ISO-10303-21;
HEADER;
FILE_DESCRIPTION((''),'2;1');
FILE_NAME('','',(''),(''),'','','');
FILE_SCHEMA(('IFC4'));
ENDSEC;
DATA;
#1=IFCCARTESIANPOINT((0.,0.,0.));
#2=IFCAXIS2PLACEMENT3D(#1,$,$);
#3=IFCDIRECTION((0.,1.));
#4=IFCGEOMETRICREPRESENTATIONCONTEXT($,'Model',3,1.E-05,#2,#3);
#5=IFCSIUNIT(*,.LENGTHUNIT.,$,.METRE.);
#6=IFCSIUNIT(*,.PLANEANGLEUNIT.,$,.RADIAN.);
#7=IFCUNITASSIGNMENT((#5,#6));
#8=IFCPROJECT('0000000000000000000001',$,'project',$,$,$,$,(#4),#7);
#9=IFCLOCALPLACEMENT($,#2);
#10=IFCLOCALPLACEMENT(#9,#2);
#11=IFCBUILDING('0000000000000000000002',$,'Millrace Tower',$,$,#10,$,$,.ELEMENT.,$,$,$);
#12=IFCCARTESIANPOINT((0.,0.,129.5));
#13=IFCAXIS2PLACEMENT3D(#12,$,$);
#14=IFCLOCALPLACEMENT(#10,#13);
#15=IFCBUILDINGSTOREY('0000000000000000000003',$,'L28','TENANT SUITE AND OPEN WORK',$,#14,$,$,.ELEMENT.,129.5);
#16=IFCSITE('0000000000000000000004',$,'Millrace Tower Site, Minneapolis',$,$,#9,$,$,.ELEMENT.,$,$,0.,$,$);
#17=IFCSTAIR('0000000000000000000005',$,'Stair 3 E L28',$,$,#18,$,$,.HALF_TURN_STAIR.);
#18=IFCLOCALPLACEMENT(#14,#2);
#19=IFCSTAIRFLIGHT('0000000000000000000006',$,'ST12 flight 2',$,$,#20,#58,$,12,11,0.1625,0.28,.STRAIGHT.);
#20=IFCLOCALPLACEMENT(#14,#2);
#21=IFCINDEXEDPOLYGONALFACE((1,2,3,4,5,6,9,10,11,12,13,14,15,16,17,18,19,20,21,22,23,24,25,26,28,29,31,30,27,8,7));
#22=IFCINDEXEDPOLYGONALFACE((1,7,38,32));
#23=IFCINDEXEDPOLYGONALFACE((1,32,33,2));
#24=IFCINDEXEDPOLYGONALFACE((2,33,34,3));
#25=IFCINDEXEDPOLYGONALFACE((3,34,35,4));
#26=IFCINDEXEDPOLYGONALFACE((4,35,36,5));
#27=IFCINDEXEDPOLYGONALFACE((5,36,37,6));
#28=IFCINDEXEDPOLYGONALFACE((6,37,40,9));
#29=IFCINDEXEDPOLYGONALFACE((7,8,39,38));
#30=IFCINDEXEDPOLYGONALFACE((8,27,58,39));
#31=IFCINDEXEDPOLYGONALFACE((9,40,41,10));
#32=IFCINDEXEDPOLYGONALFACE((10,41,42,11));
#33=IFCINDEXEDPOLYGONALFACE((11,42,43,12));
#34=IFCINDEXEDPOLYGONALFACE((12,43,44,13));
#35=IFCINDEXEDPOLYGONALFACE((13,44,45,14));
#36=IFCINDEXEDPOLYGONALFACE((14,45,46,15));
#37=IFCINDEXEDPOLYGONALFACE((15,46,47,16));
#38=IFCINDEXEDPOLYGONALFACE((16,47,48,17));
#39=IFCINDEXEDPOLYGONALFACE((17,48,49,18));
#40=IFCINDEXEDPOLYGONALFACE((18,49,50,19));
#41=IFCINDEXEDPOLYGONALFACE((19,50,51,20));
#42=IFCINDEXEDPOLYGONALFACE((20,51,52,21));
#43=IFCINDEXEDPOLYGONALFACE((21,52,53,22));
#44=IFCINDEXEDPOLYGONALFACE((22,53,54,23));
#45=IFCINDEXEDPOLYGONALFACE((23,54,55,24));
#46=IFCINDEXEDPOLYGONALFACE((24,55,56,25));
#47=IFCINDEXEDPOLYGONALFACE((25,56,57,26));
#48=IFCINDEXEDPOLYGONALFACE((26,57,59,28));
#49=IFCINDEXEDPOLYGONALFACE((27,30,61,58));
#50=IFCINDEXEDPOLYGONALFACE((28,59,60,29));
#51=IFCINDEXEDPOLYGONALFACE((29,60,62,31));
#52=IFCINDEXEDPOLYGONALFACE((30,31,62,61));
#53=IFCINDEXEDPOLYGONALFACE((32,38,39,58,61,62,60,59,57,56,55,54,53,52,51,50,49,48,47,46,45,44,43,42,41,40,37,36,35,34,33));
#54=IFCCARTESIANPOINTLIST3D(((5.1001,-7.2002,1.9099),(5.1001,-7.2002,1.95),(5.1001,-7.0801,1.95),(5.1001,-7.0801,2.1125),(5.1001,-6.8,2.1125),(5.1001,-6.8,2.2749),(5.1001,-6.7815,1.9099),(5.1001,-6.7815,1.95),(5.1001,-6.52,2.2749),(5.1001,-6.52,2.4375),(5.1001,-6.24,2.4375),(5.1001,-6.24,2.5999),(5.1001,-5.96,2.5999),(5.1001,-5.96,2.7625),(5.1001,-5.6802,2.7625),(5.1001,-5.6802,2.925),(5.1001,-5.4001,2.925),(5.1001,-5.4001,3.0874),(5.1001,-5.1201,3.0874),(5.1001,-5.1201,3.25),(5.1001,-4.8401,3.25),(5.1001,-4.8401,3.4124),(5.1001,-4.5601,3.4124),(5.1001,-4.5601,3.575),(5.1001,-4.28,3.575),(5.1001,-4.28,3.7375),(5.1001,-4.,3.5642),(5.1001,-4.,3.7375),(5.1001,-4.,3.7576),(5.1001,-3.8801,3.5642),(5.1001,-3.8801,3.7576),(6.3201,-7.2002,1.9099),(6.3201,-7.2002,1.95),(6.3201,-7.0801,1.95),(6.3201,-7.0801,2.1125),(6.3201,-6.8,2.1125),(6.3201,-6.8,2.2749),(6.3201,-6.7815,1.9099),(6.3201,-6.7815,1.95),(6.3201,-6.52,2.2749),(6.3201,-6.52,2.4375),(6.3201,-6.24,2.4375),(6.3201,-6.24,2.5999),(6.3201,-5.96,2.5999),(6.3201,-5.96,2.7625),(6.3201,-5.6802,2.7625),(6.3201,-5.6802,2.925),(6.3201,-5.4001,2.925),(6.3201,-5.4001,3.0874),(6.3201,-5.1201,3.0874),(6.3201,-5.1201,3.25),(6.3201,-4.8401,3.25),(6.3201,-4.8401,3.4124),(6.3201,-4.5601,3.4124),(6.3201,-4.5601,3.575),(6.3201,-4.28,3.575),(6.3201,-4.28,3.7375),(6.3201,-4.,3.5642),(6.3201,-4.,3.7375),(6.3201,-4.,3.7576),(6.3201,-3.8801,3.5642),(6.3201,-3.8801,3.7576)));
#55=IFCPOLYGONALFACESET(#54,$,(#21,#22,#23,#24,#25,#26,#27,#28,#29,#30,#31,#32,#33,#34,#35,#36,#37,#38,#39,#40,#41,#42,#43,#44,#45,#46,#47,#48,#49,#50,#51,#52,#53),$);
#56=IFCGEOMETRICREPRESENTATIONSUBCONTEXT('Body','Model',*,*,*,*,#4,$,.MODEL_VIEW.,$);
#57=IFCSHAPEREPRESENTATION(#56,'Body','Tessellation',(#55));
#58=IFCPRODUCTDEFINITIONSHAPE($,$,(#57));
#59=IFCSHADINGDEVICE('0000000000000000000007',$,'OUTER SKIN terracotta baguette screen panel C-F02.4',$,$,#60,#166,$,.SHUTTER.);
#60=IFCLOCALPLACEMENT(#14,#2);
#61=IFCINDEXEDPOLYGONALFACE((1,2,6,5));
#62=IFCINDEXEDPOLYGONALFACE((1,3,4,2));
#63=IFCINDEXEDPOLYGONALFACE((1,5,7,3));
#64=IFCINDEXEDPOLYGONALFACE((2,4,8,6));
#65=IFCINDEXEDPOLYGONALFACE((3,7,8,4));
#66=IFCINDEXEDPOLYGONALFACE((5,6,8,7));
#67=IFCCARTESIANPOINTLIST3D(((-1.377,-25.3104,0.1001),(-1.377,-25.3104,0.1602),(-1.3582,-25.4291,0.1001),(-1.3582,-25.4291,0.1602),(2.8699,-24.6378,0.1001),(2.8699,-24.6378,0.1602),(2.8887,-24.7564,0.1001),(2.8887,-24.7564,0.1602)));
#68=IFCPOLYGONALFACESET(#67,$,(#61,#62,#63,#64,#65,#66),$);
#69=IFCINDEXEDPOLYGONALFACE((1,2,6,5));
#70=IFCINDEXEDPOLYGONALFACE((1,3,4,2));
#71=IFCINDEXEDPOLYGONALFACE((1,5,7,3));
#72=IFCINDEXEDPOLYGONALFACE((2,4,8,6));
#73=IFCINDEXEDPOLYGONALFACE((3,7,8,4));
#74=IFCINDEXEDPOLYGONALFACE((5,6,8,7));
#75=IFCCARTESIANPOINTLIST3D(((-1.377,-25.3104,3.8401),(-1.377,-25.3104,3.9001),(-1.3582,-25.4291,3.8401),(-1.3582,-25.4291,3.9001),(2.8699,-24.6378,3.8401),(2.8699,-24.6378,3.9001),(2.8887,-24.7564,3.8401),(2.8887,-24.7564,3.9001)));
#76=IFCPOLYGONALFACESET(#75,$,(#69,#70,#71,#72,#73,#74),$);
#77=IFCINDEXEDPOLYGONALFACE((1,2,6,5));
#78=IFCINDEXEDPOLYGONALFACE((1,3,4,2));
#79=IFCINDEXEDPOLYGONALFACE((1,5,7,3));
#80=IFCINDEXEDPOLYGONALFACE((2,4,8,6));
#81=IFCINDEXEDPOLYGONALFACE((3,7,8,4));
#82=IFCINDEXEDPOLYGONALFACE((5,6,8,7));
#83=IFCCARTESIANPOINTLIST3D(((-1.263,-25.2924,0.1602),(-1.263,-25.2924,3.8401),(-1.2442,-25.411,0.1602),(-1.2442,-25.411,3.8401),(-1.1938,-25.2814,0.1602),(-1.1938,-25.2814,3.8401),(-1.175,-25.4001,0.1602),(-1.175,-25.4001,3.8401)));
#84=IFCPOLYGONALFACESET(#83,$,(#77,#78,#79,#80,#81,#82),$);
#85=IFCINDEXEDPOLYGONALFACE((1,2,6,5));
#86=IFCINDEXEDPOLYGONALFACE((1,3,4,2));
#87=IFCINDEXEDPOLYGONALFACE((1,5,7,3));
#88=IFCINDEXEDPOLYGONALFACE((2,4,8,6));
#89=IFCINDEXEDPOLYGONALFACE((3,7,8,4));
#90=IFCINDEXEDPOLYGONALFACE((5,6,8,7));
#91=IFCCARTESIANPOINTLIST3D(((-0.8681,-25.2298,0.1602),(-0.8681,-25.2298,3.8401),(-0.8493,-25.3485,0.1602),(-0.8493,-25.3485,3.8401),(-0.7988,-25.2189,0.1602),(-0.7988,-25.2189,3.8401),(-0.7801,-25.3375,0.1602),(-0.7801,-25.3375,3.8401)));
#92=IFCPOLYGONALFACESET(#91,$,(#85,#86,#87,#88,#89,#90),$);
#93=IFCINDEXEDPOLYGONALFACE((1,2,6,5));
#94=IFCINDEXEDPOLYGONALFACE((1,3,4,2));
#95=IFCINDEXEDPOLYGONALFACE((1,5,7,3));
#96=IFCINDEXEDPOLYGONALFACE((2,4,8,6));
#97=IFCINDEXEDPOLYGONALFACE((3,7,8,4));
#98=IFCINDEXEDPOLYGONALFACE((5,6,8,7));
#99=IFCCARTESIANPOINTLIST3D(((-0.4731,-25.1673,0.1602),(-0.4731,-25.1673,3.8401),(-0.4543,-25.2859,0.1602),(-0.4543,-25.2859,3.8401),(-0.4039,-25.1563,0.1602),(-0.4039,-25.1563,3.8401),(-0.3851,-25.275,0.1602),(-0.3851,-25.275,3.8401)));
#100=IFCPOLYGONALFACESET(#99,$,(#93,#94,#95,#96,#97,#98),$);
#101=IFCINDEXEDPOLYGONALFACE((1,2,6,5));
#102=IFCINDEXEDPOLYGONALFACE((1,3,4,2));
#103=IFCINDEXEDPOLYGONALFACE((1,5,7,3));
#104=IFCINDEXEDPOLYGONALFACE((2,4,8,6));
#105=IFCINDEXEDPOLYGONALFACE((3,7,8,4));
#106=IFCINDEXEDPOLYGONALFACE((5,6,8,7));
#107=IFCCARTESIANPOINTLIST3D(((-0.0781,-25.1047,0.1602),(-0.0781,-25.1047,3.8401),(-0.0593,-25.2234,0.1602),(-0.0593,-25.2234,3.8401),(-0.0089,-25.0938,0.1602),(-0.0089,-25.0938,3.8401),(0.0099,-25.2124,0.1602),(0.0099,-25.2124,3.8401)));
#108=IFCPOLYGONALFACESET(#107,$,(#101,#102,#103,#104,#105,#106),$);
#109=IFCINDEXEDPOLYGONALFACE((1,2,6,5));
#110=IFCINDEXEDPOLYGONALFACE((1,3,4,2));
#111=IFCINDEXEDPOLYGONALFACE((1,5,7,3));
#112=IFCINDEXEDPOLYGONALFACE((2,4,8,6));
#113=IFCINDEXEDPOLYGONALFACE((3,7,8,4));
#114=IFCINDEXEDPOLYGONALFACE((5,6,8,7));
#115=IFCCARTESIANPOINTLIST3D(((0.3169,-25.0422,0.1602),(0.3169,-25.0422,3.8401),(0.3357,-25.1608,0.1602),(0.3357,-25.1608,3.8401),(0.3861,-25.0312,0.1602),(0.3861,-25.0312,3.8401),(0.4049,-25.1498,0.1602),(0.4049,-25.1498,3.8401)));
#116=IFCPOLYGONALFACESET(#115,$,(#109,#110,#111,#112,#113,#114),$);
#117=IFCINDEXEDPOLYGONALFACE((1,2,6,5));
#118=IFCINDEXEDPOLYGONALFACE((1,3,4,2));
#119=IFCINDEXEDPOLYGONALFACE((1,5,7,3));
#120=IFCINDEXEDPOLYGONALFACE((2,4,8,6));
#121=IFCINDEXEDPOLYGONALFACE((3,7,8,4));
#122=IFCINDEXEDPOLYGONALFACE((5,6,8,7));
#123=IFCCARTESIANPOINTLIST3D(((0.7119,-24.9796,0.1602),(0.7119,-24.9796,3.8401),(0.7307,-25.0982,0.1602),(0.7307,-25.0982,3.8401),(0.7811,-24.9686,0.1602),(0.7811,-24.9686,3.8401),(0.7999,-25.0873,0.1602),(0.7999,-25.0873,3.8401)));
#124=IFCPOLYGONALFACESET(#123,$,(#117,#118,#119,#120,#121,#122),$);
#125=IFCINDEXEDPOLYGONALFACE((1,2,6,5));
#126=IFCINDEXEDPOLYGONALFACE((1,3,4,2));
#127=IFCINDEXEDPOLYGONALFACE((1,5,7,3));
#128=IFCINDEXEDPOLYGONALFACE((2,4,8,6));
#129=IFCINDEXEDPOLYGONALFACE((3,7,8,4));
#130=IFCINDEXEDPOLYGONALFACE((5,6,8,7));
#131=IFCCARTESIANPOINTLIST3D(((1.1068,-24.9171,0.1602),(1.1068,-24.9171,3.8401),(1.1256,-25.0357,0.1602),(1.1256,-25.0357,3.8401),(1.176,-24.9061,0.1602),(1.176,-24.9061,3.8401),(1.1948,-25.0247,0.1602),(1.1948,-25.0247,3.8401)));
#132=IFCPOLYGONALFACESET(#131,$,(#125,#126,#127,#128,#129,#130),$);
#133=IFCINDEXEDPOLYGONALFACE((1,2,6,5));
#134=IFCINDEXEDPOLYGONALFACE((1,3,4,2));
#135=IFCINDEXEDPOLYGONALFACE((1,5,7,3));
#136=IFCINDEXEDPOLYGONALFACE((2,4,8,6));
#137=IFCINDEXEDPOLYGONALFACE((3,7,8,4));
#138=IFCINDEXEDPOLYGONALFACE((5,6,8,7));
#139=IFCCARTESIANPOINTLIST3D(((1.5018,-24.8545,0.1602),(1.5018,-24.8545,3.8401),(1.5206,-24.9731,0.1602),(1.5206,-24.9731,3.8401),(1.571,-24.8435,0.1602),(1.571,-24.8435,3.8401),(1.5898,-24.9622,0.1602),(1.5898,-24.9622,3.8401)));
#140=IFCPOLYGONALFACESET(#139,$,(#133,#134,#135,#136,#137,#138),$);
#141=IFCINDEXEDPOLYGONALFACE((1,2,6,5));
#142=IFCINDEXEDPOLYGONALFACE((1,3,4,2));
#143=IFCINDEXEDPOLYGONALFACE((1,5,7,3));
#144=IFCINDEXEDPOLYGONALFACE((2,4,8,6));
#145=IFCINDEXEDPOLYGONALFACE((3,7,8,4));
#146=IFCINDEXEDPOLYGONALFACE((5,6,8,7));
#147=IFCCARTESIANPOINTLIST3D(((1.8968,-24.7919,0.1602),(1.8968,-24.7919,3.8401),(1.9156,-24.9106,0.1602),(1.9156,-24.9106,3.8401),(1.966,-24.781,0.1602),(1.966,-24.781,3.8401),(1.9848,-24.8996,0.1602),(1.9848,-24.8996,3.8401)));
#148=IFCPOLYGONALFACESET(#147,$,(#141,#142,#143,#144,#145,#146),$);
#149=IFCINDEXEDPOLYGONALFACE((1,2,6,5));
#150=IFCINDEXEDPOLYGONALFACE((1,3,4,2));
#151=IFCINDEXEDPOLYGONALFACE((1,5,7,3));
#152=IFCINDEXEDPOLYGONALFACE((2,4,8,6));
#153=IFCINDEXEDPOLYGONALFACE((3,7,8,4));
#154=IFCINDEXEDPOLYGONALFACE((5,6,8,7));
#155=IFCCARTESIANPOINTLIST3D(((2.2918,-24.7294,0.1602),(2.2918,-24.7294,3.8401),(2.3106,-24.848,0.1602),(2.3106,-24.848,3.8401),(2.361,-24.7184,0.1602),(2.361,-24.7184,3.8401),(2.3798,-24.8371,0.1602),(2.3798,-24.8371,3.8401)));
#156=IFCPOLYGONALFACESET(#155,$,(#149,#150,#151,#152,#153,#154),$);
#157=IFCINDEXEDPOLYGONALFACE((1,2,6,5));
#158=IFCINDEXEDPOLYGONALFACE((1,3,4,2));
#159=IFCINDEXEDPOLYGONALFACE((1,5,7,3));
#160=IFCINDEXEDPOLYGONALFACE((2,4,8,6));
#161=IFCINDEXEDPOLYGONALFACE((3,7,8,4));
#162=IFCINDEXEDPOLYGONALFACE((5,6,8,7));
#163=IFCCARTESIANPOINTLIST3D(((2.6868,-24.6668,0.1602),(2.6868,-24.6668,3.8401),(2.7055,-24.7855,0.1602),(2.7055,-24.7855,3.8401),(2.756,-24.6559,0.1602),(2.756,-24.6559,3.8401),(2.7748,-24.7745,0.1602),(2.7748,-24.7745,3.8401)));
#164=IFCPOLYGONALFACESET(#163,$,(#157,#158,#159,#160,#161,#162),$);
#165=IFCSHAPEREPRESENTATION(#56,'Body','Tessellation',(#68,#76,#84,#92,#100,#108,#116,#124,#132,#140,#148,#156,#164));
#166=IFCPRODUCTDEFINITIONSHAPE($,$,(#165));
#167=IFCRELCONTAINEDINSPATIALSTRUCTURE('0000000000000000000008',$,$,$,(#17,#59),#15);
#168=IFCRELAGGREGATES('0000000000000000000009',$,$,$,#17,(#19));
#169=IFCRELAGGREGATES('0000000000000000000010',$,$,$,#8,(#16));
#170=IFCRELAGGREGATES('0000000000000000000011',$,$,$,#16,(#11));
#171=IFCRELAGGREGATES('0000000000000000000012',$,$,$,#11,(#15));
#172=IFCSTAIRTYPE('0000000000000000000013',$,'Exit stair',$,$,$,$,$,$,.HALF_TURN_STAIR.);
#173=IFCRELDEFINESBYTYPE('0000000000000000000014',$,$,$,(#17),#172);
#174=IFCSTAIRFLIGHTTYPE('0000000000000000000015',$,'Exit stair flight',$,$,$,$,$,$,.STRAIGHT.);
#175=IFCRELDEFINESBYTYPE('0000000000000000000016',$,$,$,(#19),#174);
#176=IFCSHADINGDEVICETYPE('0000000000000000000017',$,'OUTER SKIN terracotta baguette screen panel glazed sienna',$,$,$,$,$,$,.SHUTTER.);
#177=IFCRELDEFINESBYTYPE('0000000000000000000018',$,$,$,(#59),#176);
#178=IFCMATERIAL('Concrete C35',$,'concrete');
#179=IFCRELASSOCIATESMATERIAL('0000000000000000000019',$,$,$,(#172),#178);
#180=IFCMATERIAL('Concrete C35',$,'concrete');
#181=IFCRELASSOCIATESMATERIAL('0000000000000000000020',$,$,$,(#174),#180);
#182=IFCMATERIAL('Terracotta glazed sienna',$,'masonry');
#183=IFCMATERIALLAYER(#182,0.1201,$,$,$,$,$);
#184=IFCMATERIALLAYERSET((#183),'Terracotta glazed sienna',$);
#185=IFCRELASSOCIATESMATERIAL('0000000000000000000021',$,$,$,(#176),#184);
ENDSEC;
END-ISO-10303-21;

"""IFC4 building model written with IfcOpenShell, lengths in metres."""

from ifc_helpers import new_model, entity, si_unit, direction, frame, frame_2d, origin, origin_2d, place, context, subcontext, project, spatial, polyline, rectangle, outline, extrude, source, transform, mapped, material, layer, layer_set, type_object, element, aggregate, save


model = new_model("IFC4")

# Units and contexts
model_context = context("Model", 3, precision=1e-05, world=origin(), true_north=direction((0.0, 1.0)))
body_context = subcontext(model_context, "Body", "Model", "MODEL_VIEW")
ifc_project = project(units=[si_unit("LENGTHUNIT", "METRE"), si_unit("PLANEANGLEUNIT", "RADIAN")], contexts=[model_context])

# Site, building, storey
site_placement = place(None, origin())
site = spatial("IfcSite", under=ifc_project, at=site_placement, Name="Millrace Tower Site, Minneapolis", CompositionType="ELEMENT", RefElevation=0.0)
building_placement = place(site_placement, origin())
building = spatial("IfcBuilding", under=site, at=building_placement, Name="Millrace Tower", CompositionType="ELEMENT")
storey_placement = place(building_placement, frame((0.0, 0.0, 129.5)))
storey = spatial("IfcBuildingStorey", under=building, at=storey_placement, Name="L28", Description="TENANT SUITE AND OPEN WORK", CompositionType="ELEMENT", Elevation=129.5)

# Shared definitions
placement = place(storey_placement, origin())

# Shared definitions
ifc_material_1 = material(Name="Concrete C35", Category="concrete")
stair_type = type_object("IfcStairType", Name="Exit stair", PredefinedType="HALF_TURN_STAIR", material=ifc_material_1)
ifc_material_2 = material(Name="Concrete C35", Category="concrete")
stair_flight_type = type_object("IfcStairFlightType", Name="Exit stair flight", PredefinedType="STRAIGHT", material=ifc_material_2)

# Stair, stair flight
stair_1 = element("IfcStair", 1, at=placement, inside=storey, type_object=stair_type, Name="Stair 3 E L28", PredefinedType="HALF_TURN_STAIR")
stair_flight_1_placement = place(storey_placement, frame((5.71, -7.0801, 1.95), z_axis=(0.0, 0.0, 1.0), x_axis=(0.0, 1.0, 0.0)))
stair_flight_1 = element("IfcStairFlight", 2, at=stair_flight_1_placement, type_object=stair_flight_type, Name="ST12 flight 2", NumberOfRisers=12, NumberOfTreads=11, PredefinedType="STRAIGHT", RiserHeight=0.1625, TreadLength=0.28, context=body_context, shape_type="SweptSolid", body=[
    extrude(outline(polyline([(-0.1201, -0.04), (-0.1201, 0.0), (0.0, 0.0), (0.0, 0.1626), (0.28, 0.1626), (0.28, 0.325), (0.5601, 0.325), (0.5601, 0.4875), (0.8401, 0.4875), (0.8401, 0.6499), (1.1201, 0.6499), (1.1201, 0.8125), (1.3999, 0.8125), (1.3999, 0.9751), (1.6799, 0.9751), (1.6799, 1.1375), (1.96, 1.1375), (1.96, 1.3), (2.24, 1.3), (2.24, 1.4624), (2.52, 1.4624), (2.52, 1.625), (2.8, 1.625), (2.8, 1.7876), (3.0801, 1.7876), (3.0801, 1.8076), (3.2, 1.8076), (3.2, 1.6143), (3.0801, 1.6143), (0.2986, 0.0), (0.2986, -0.04), (-0.1201, -0.04)])), frame((0.0, 0.6099, 0.0), z_axis=(0.0, -1.0, 0.0), x_axis=(1.0, 0.0, 0.0)), (0.0, 0.0, 1.0), 1.22),
])
aggregate(stair_1, [stair_flight_1])

# Shading device
ifc_material_3 = material(Name="Terracotta glazed sienna", Category="masonry")
ifc_layer_1 = layer(ifc_material_3, 0.1201)
ifc_layer_set_1 = layer_set([ifc_layer_1], Name="Terracotta glazed sienna")
shading_device_type = type_object("IfcShadingDeviceType", Name="OUTER SKIN terracotta baguette screen panel glazed sienna", PredefinedType="SHUTTER", material=ifc_layer_set_1)
cartesian_point = entity("IfcCartesianPoint", [-2.1499, 0.0601])
shared_polyline = entity("IfcPolyline", [cartesian_point, entity("IfcCartesianPoint", [2.1499, 0.0601]), entity("IfcCartesianPoint", [2.1499, -0.0601]), entity("IfcCartesianPoint", [-2.1499, -0.0601]), cartesian_point])
shared_shape = source(origin(), body_context, "Body", "SweptSolid", [
    entity("IfcExtrudedAreaSolid", entity("IfcArbitraryClosedProfileDef", "AREA", None, shared_polyline), entity("IfcAxis2Placement3D", entity("IfcCartesianPoint", [0.0, 0.0, 0.0])), entity("IfcDirection", [0.0, 0.0, 1.0]), 0.0601),
    entity("IfcExtrudedAreaSolid", entity("IfcArbitraryClosedProfileDef", "AREA", None, shared_polyline), entity("IfcAxis2Placement3D", entity("IfcCartesianPoint", [0.0, 0.0, 3.74])), entity("IfcDirection", [0.0, 0.0, 1.0]), 0.0601),
    extrude(rectangle(XDim=0.0701, YDim=0.1201, at=frame_2d((-1.9995, 0.0))), frame((0.0, 0.0, 0.0601)), (0.0, 0.0, 1.0), 3.6799),
    extrude(rectangle(XDim=0.0701, YDim=0.1201, at=frame_2d((-1.5996, 0.0))), frame((0.0, 0.0, 0.0601)), (0.0, 0.0, 1.0), 3.6799),
    extrude(rectangle(XDim=0.0701, YDim=0.1201, at=frame_2d((-1.1997, 0.0))), frame((0.0, 0.0, 0.0601)), (0.0, 0.0, 1.0), 3.6799),
    extrude(rectangle(XDim=0.0701, YDim=0.1201, at=frame_2d((-0.7998, 0.0))), frame((0.0, 0.0, 0.0601)), (0.0, 0.0, 1.0), 3.6799),
    extrude(rectangle(XDim=0.0701, YDim=0.1201, at=frame_2d((-0.3999, 0.0))), frame((0.0, 0.0, 0.0601)), (0.0, 0.0, 1.0), 3.6799),
    extrude(rectangle(XDim=0.0701, YDim=0.1201, at=origin_2d()), frame((0.0, 0.0, 0.0601)), (0.0, 0.0, 1.0), 3.6799),
    extrude(rectangle(XDim=0.0701, YDim=0.1201, at=frame_2d((0.3999, 0.0))), frame((0.0, 0.0, 0.0601)), (0.0, 0.0, 1.0), 3.6799),
    extrude(rectangle(XDim=0.0701, YDim=0.1201, at=frame_2d((0.7998, 0.0))), frame((0.0, 0.0, 0.0601)), (0.0, 0.0, 1.0), 3.6799),
    extrude(rectangle(XDim=0.0701, YDim=0.1201, at=frame_2d((1.1997, 0.0))), frame((0.0, 0.0, 0.0601)), (0.0, 0.0, 1.0), 3.6799),
    extrude(rectangle(XDim=0.0701, YDim=0.1201, at=frame_2d((1.5996, 0.0))), frame((0.0, 0.0, 0.0601)), (0.0, 0.0, 1.0), 3.6799),
    extrude(rectangle(XDim=0.0701, YDim=0.1201, at=frame_2d((1.9995, 0.0))), frame((0.0, 0.0, 0.0601)), (0.0, 0.0, 1.0), 3.6799),
])
for number, where, z_axis, x_axis, name in (
    (3, (0.7559, -25.0334, 0.1001), (0.0, 0.0, 1.0), (0.987688, 0.156434, 0.0), "OUTER SKIN terracotta baguette screen panel C-F02.4"),
):
    element("IfcShadingDevice", number, at=place(storey_placement, frame(where, z_axis=z_axis, x_axis=x_axis)), inside=storey, type_object=shading_device_type, Name=name, PredefinedType="SHUTTER", context=body_context, shape_type="MappedRepresentation", body=[
        mapped(shared_shape, transform((0.0, 0.0, 0.0), scale=1.0)),
    ])

save(model, "model.ifc")
